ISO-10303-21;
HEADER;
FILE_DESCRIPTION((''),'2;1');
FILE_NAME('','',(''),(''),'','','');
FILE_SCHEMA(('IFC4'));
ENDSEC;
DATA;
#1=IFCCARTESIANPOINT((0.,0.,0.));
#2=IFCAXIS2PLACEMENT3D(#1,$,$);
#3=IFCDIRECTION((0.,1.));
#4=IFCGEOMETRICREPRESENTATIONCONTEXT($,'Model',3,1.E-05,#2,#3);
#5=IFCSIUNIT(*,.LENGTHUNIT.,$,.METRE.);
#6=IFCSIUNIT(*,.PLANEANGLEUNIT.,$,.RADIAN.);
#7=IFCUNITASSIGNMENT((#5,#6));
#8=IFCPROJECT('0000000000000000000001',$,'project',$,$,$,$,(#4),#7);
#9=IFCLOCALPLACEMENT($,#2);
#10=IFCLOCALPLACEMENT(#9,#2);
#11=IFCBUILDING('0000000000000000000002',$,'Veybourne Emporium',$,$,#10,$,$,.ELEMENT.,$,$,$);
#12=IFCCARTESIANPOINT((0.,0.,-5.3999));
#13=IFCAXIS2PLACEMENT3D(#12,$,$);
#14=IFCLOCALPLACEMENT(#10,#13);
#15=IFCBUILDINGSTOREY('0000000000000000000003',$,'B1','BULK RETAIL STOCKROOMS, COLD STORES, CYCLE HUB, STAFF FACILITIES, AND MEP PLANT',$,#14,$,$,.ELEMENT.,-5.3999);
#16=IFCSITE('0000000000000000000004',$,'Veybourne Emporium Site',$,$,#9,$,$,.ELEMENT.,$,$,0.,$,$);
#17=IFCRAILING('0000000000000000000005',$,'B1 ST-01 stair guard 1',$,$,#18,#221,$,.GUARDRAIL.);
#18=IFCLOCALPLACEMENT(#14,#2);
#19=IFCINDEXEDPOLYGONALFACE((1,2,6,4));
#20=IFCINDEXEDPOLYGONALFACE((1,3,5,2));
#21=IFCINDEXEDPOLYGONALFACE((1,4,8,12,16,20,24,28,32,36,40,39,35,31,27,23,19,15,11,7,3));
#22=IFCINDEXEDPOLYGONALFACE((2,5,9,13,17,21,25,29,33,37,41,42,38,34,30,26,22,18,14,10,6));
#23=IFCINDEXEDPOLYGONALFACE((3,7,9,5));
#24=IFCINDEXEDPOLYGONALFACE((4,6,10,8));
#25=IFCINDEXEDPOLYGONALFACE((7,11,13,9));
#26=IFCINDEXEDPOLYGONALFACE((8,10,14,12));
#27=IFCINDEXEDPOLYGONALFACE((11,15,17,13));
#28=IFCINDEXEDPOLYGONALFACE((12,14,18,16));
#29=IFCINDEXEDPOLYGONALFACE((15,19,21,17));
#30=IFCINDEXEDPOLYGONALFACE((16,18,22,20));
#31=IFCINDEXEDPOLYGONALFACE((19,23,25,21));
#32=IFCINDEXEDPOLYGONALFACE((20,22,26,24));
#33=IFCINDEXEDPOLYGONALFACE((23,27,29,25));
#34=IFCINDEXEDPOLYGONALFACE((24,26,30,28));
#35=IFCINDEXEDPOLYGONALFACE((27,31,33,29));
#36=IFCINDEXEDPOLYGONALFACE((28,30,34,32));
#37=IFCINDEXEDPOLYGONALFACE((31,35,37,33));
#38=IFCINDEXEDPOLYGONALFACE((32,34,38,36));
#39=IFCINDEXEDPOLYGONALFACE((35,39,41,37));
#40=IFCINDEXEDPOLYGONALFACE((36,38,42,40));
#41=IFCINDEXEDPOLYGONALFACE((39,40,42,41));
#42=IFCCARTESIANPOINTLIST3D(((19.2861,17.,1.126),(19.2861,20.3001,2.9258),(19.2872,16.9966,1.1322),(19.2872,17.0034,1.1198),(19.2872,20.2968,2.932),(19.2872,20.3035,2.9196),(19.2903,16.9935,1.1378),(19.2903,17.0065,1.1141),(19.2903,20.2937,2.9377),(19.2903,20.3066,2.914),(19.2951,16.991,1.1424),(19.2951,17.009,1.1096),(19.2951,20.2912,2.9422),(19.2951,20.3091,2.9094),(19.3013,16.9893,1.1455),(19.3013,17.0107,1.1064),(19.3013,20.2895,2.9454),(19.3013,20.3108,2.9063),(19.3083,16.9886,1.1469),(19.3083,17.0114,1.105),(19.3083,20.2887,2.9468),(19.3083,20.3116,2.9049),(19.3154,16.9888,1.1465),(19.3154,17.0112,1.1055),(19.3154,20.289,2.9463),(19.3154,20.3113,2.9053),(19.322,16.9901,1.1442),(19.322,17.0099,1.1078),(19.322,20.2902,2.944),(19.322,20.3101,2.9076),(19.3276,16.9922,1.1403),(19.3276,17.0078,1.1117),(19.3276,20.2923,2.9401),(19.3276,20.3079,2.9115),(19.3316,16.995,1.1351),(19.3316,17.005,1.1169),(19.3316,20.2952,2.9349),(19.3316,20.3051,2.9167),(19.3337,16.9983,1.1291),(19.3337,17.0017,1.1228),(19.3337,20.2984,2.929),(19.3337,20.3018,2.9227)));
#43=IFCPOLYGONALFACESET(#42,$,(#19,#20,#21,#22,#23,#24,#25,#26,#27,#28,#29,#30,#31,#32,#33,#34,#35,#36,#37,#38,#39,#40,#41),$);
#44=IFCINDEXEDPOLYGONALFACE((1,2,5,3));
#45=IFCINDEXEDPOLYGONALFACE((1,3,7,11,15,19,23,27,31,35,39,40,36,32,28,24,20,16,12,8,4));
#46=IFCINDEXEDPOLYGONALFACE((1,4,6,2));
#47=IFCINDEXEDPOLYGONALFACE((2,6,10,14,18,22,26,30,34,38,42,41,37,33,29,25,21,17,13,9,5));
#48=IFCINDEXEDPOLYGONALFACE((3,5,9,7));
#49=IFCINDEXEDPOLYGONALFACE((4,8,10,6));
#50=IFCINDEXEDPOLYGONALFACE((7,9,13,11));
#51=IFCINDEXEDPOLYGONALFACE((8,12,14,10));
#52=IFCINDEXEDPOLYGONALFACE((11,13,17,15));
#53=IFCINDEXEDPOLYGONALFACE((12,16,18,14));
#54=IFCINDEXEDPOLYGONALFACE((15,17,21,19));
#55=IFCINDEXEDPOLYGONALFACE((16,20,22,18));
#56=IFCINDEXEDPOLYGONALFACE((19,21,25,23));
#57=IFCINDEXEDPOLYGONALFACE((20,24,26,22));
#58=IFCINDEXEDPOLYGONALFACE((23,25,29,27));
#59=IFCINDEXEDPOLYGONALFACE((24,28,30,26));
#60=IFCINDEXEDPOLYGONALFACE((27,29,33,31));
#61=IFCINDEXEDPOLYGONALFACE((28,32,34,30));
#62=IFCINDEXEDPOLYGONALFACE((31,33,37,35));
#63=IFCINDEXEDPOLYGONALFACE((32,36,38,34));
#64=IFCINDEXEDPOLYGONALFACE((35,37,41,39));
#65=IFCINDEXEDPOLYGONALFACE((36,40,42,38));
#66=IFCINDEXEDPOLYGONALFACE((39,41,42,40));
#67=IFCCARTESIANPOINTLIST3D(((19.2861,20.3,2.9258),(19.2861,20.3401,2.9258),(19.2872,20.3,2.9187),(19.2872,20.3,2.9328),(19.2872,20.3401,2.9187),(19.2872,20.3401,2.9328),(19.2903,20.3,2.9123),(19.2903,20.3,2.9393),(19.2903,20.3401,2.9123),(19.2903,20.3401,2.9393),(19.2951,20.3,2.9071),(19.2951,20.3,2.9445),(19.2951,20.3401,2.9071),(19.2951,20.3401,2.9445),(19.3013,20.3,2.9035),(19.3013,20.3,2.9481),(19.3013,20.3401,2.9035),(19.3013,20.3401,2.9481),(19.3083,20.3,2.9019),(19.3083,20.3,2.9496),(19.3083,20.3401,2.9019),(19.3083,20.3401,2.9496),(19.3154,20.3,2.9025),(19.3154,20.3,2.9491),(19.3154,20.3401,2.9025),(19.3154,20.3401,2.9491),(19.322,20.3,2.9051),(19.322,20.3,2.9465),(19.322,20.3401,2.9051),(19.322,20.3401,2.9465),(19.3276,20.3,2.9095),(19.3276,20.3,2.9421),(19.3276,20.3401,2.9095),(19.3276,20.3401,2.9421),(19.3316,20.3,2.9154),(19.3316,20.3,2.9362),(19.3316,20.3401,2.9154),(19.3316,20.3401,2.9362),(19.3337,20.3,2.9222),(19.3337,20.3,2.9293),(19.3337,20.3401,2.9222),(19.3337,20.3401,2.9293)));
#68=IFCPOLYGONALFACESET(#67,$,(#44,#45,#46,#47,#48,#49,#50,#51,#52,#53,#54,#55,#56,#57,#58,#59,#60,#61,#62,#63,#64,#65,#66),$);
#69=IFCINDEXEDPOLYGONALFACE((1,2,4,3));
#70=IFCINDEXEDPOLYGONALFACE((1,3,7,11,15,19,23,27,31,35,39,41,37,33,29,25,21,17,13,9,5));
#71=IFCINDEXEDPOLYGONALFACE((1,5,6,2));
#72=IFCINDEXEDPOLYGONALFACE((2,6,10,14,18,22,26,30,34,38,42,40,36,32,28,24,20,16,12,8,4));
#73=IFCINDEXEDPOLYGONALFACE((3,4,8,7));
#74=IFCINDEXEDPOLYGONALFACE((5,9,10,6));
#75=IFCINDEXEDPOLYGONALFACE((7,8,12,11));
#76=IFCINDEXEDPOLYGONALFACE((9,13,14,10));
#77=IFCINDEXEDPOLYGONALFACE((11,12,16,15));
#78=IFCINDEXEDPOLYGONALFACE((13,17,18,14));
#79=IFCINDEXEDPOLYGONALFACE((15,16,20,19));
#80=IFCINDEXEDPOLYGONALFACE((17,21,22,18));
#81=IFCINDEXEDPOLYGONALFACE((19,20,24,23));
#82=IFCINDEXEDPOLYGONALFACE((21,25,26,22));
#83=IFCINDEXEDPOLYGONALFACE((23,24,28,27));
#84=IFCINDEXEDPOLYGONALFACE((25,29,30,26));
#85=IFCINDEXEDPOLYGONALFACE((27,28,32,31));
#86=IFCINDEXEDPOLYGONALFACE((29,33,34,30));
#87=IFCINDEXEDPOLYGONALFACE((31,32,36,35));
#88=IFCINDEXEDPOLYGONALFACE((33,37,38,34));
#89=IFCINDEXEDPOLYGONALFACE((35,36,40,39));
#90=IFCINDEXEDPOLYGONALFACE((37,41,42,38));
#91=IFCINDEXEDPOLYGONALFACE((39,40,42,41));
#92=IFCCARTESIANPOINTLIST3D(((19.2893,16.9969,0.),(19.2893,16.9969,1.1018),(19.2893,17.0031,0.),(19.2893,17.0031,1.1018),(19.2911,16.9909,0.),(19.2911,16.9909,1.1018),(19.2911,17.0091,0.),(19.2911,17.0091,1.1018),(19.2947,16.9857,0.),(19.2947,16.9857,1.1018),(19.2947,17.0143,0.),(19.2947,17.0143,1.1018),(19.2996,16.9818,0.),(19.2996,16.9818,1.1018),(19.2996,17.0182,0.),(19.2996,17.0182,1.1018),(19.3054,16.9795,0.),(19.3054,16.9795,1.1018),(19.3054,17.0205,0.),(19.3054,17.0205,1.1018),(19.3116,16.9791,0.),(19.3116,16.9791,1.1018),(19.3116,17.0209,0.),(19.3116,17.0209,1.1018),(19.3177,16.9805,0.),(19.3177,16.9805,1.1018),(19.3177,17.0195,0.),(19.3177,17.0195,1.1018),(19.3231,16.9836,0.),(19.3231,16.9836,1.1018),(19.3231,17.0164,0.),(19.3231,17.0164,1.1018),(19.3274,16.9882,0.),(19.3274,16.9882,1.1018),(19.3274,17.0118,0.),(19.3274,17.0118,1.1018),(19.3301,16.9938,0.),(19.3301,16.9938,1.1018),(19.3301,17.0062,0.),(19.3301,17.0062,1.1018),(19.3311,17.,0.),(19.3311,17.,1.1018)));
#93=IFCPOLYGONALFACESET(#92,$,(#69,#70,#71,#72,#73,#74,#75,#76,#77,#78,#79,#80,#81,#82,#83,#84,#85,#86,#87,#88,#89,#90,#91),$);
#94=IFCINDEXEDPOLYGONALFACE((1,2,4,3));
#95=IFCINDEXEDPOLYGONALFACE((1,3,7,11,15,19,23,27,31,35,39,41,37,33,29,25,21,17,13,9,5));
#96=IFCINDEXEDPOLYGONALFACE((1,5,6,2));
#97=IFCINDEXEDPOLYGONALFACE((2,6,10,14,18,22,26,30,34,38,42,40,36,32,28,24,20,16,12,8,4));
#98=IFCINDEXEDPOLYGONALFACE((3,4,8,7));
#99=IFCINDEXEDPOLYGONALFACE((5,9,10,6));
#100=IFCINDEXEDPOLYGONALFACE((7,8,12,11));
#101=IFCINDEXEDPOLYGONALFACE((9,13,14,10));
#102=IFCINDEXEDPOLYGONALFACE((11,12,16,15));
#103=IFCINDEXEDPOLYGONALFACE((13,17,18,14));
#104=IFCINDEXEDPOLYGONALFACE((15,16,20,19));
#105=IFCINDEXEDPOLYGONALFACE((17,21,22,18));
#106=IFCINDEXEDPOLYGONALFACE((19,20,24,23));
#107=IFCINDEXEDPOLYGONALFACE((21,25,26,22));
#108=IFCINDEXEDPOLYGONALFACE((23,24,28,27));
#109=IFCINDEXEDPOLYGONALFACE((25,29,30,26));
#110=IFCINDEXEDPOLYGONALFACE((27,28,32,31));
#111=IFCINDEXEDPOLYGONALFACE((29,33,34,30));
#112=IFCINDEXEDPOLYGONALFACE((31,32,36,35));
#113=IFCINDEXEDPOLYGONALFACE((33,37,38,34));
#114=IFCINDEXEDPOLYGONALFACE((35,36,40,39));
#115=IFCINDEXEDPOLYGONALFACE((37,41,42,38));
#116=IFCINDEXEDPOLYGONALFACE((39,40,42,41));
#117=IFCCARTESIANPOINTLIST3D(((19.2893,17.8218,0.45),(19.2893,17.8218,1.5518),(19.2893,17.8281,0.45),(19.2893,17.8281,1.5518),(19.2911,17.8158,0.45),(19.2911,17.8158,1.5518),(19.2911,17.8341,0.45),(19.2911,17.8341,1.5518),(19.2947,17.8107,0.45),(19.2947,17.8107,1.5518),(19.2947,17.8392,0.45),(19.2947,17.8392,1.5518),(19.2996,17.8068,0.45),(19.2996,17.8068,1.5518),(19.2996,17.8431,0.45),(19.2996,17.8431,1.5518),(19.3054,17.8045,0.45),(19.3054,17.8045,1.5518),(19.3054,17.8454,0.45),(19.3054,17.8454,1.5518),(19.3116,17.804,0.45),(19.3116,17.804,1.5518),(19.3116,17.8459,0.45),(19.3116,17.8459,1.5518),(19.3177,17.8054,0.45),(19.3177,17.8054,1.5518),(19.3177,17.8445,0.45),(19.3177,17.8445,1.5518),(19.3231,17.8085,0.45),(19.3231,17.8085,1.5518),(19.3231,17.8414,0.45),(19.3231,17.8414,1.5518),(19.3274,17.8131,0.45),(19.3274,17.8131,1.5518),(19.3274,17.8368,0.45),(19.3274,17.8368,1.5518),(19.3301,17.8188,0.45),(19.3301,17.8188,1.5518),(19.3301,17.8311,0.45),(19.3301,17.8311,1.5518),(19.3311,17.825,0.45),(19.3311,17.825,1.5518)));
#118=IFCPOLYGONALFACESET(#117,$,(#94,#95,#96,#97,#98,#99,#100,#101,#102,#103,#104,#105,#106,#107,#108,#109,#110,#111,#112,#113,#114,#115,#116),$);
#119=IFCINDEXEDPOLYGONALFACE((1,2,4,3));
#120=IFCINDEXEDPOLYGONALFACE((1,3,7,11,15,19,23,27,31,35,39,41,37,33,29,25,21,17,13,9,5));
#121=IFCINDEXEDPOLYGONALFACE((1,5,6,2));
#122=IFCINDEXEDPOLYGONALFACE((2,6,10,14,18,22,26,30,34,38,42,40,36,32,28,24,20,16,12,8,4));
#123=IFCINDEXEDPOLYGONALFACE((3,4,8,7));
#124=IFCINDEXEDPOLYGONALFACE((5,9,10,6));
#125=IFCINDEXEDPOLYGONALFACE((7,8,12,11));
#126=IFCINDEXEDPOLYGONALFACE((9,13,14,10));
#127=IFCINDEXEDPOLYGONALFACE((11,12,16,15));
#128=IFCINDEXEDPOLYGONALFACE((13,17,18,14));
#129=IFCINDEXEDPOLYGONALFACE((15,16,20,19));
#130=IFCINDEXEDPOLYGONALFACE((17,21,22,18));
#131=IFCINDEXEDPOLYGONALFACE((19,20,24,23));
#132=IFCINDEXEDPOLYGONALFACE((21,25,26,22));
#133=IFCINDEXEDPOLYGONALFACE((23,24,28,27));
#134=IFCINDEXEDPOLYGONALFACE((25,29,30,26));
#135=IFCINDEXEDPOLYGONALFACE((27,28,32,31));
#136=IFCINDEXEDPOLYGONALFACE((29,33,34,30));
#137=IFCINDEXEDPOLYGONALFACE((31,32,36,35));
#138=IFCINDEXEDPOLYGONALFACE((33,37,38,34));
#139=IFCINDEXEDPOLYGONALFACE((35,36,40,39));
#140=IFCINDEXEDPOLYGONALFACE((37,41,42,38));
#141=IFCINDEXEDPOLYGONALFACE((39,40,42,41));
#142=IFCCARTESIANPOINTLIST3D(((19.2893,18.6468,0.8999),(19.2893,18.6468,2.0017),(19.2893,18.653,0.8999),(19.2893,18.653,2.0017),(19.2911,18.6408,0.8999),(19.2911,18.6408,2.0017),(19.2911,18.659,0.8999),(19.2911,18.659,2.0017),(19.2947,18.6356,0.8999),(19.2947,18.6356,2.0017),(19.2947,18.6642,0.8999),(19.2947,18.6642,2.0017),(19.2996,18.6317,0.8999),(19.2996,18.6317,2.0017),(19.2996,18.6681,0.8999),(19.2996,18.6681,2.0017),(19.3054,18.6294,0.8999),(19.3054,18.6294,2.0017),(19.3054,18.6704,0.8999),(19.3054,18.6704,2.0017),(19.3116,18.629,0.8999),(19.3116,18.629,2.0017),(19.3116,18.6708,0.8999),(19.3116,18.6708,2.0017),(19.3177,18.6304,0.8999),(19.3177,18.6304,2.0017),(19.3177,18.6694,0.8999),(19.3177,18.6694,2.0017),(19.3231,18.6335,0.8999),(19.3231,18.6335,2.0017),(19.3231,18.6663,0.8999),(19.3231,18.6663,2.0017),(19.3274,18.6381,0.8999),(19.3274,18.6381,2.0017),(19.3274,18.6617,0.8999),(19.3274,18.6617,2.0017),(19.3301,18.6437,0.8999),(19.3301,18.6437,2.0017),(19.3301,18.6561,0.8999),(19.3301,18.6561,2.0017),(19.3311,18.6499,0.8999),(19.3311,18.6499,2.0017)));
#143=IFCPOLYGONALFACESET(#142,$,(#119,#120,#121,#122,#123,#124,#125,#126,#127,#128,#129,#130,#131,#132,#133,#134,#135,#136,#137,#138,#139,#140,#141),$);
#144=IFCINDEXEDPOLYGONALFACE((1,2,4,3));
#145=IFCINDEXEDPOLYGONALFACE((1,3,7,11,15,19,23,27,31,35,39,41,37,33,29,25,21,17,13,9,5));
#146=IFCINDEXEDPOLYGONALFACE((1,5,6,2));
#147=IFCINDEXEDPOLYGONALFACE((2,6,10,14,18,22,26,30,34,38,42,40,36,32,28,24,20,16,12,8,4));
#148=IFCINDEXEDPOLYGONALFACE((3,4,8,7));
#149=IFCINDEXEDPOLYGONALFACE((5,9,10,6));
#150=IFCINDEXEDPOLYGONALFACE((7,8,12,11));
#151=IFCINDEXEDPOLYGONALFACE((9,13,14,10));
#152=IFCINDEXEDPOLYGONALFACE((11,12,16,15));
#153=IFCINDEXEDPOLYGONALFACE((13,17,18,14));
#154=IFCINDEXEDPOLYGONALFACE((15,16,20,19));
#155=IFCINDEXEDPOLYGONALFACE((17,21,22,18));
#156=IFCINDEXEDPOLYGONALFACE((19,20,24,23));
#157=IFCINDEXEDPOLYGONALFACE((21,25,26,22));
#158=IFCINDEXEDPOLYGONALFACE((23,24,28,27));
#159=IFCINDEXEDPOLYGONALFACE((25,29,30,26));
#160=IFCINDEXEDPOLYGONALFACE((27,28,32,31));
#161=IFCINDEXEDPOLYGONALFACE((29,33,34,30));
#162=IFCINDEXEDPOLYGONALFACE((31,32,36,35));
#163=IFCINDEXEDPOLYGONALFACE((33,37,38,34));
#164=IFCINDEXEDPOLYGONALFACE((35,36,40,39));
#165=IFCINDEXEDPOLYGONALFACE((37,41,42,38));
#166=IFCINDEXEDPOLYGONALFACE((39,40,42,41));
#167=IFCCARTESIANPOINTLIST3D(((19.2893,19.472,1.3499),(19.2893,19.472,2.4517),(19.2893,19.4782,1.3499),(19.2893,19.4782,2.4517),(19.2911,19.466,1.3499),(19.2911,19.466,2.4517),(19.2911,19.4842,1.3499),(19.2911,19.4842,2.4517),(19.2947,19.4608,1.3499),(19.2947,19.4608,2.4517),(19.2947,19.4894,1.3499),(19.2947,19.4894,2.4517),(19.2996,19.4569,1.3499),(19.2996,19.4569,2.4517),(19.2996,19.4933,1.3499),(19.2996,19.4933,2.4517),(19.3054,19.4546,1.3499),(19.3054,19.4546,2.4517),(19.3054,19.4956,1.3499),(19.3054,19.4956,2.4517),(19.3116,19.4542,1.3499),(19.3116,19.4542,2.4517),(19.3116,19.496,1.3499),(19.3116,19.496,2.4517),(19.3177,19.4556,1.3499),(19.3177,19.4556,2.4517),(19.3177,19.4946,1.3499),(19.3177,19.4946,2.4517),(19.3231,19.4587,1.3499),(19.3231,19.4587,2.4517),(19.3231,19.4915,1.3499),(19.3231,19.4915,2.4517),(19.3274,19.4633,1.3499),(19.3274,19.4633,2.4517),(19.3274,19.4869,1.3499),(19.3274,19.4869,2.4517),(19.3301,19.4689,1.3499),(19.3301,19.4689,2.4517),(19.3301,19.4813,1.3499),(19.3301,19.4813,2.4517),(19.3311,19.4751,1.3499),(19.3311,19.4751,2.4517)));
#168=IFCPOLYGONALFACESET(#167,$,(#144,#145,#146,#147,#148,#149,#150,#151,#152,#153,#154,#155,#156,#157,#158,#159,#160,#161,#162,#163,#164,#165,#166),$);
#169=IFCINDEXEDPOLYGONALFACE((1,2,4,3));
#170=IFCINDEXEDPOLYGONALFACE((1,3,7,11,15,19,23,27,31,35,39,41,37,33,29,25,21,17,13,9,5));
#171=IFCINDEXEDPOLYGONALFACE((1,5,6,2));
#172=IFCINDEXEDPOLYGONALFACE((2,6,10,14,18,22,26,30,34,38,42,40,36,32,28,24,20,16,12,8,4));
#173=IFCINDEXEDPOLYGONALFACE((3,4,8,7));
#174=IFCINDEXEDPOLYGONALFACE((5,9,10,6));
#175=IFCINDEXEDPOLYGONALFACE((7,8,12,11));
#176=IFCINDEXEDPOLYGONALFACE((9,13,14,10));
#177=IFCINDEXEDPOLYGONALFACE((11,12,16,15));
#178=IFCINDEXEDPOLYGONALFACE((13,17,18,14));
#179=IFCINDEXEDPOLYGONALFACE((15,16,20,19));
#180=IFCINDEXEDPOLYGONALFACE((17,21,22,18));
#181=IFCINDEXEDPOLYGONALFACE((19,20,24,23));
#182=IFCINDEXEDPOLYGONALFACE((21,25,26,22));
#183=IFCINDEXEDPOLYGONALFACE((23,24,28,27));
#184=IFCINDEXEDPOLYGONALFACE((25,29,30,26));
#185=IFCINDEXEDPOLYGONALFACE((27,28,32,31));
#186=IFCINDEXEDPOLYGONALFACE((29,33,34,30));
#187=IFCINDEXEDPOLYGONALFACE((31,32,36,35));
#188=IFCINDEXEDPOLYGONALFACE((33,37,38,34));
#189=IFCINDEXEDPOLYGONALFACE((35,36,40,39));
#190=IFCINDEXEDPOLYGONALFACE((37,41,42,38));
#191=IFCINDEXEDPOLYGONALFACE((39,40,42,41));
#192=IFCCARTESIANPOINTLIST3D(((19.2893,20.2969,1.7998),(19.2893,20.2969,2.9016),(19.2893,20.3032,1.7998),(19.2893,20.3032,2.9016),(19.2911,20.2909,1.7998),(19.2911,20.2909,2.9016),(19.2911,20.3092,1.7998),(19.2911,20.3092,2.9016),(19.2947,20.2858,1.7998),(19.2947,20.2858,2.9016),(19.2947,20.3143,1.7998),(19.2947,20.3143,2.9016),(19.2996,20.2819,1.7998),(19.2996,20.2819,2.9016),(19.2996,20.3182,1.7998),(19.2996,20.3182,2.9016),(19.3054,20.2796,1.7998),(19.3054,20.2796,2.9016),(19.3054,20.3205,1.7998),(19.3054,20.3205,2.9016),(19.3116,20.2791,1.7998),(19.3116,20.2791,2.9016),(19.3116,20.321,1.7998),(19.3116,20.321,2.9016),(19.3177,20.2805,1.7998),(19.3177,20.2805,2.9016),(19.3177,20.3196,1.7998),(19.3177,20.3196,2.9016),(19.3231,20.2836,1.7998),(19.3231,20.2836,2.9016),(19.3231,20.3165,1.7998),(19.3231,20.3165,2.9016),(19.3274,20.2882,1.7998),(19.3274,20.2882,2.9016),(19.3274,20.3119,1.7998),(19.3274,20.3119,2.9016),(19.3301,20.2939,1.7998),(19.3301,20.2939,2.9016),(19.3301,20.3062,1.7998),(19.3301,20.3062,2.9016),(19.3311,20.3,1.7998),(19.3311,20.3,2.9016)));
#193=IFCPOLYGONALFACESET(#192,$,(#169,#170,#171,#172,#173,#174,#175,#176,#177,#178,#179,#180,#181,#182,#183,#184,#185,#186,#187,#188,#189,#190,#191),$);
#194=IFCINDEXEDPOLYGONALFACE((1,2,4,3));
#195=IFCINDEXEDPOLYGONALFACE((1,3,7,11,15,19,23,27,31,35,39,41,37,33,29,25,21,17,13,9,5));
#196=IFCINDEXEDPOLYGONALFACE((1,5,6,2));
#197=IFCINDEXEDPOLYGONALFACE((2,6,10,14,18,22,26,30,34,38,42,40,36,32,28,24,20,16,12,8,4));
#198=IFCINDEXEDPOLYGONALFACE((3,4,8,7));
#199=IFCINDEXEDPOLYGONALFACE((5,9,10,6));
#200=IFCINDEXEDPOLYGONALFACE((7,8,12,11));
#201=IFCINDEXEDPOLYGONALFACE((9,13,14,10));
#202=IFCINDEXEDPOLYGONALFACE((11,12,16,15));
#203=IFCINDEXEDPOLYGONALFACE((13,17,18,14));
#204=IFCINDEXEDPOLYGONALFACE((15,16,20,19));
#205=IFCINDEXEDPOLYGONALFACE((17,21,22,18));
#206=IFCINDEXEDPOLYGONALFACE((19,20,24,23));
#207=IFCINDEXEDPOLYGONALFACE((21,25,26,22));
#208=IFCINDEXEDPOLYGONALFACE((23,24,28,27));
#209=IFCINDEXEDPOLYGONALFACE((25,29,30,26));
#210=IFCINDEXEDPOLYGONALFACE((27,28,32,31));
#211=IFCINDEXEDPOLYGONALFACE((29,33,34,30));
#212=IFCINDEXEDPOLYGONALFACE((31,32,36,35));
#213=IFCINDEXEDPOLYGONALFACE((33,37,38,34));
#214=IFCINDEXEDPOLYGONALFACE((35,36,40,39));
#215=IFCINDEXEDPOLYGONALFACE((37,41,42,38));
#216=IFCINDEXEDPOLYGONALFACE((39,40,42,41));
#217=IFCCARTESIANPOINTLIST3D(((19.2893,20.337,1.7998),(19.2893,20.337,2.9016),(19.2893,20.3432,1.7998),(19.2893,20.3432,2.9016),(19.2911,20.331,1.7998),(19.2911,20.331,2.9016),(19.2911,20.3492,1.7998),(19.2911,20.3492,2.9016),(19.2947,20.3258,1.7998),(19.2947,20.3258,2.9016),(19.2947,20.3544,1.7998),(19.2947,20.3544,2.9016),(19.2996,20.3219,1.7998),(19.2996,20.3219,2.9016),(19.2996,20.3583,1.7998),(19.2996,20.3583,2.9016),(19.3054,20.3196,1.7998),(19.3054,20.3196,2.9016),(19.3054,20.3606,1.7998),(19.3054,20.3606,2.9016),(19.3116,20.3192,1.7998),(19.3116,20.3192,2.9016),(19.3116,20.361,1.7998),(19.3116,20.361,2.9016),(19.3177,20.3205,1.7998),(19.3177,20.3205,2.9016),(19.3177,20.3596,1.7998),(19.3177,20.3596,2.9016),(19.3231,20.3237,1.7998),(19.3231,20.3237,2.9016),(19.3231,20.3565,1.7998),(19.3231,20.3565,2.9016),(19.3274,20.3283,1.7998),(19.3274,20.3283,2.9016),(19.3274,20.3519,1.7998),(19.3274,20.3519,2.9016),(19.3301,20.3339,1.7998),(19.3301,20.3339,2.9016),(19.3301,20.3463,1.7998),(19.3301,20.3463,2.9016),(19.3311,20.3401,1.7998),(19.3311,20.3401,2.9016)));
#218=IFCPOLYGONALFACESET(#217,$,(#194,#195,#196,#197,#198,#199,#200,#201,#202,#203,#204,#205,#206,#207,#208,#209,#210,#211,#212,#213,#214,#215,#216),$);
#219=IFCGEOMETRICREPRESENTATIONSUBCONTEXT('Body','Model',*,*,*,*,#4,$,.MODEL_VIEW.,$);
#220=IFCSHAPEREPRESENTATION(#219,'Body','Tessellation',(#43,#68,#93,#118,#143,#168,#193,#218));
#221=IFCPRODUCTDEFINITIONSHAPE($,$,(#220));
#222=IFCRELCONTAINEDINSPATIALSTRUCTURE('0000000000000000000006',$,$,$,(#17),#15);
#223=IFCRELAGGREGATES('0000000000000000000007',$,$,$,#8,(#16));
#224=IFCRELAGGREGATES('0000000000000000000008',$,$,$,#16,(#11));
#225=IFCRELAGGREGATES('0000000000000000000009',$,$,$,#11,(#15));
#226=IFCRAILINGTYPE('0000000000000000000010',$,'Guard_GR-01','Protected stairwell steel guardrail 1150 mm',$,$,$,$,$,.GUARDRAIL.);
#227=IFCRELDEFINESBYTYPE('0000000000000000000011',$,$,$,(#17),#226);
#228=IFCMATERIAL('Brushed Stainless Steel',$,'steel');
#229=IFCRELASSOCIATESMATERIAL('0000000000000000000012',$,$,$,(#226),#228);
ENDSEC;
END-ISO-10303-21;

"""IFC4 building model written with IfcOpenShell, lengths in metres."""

from ifc_helpers import new_model, si_unit, direction, frame, origin, origin_2d, place, context, subcontext, project, spatial, circle, extrude, material, type_object, element, save


model = new_model("IFC4")

# Units and contexts
model_context = context("Model", 3, precision=1e-05, world=origin(), true_north=direction((0.0, 1.0)))
body_context = subcontext(model_context, "Body", "Model", "MODEL_VIEW")
ifc_project = project(units=[si_unit("LENGTHUNIT", "METRE"), si_unit("PLANEANGLEUNIT", "RADIAN")], contexts=[model_context])

# Site, building, storey
site_placement = place(None, origin())
site = spatial("IfcSite", under=ifc_project, at=site_placement, Name="Veybourne Emporium Site", CompositionType="ELEMENT", RefElevation=0.0)
building_placement = place(site_placement, origin())
building = spatial("IfcBuilding", under=site, at=building_placement, Name="Veybourne Emporium", CompositionType="ELEMENT")
storey_placement = place(building_placement, frame((0.0, 0.0, -5.3999)))
storey = spatial("IfcBuildingStorey", under=building, at=storey_placement, Name="B1", Description="BULK RETAIL STOCKROOMS, COLD STORES, CYCLE HUB, STAFF FACILITIES, AND MEP PLANT", CompositionType="ELEMENT", Elevation=-5.3999)

# Railing
ifc_material_1 = material(Name="Brushed Stainless Steel", Category="steel")
railing_type_1 = type_object("IfcRailingType", Name="Guard_GR-01", Description="Protected stairwell steel guardrail 1150 mm", PredefinedType="GUARDRAIL", material=ifc_material_1)
railing_1_placement = place(storey_placement, frame((19.3101, 17.0, 0.0)))
element("IfcRailing", 1, at=railing_1_placement, inside=storey, type_object=railing_type_1, Name="B1 ST-01 stair guard 1", PredefinedType="GUARDRAIL", context=body_context, shape_type="SweptSolid", body=[
    extrude(circle(Radius=0.0239, at=origin_2d()), frame((0.0, 0.0, 1.126), z_axis=(0.0, 0.87792, 0.478807), x_axis=(-1.0, 0.0, 0.0)), (0.0, 0.0, 1.0), 3.759),
    extrude(circle(Radius=0.0239, at=origin_2d()), frame((0.0, 3.3, 2.9258), z_axis=(0.0, 1.0, 0.0), x_axis=(-1.0, 0.0, 0.0)), (0.0, 0.0, 1.0), 0.04),
    extrude(circle(Radius=0.021, at=origin_2d()), origin(), (0.0, 0.0, 1.0), 1.1018),
    extrude(circle(Radius=0.021, at=origin_2d()), frame((0.0, 0.825, 0.45)), (0.0, 0.0, 1.0), 1.1018),
    extrude(circle(Radius=0.021, at=origin_2d()), frame((0.0, 1.6499, 0.8999)), (0.0, 0.0, 1.0), 1.1018),
    extrude(circle(Radius=0.021, at=origin_2d()), frame((0.0, 2.4751, 1.3499)), (0.0, 0.0, 1.0), 1.1018),
    extrude(circle(Radius=0.021, at=origin_2d()), frame((0.0, 3.3, 1.7998)), (0.0, 0.0, 1.0), 1.1018),
    extrude(circle(Radius=0.021, at=origin_2d()), frame((0.0, 3.3401, 1.7998)), (0.0, 0.0, 1.0), 1.1018),
])

save(model, "model.ifc")
